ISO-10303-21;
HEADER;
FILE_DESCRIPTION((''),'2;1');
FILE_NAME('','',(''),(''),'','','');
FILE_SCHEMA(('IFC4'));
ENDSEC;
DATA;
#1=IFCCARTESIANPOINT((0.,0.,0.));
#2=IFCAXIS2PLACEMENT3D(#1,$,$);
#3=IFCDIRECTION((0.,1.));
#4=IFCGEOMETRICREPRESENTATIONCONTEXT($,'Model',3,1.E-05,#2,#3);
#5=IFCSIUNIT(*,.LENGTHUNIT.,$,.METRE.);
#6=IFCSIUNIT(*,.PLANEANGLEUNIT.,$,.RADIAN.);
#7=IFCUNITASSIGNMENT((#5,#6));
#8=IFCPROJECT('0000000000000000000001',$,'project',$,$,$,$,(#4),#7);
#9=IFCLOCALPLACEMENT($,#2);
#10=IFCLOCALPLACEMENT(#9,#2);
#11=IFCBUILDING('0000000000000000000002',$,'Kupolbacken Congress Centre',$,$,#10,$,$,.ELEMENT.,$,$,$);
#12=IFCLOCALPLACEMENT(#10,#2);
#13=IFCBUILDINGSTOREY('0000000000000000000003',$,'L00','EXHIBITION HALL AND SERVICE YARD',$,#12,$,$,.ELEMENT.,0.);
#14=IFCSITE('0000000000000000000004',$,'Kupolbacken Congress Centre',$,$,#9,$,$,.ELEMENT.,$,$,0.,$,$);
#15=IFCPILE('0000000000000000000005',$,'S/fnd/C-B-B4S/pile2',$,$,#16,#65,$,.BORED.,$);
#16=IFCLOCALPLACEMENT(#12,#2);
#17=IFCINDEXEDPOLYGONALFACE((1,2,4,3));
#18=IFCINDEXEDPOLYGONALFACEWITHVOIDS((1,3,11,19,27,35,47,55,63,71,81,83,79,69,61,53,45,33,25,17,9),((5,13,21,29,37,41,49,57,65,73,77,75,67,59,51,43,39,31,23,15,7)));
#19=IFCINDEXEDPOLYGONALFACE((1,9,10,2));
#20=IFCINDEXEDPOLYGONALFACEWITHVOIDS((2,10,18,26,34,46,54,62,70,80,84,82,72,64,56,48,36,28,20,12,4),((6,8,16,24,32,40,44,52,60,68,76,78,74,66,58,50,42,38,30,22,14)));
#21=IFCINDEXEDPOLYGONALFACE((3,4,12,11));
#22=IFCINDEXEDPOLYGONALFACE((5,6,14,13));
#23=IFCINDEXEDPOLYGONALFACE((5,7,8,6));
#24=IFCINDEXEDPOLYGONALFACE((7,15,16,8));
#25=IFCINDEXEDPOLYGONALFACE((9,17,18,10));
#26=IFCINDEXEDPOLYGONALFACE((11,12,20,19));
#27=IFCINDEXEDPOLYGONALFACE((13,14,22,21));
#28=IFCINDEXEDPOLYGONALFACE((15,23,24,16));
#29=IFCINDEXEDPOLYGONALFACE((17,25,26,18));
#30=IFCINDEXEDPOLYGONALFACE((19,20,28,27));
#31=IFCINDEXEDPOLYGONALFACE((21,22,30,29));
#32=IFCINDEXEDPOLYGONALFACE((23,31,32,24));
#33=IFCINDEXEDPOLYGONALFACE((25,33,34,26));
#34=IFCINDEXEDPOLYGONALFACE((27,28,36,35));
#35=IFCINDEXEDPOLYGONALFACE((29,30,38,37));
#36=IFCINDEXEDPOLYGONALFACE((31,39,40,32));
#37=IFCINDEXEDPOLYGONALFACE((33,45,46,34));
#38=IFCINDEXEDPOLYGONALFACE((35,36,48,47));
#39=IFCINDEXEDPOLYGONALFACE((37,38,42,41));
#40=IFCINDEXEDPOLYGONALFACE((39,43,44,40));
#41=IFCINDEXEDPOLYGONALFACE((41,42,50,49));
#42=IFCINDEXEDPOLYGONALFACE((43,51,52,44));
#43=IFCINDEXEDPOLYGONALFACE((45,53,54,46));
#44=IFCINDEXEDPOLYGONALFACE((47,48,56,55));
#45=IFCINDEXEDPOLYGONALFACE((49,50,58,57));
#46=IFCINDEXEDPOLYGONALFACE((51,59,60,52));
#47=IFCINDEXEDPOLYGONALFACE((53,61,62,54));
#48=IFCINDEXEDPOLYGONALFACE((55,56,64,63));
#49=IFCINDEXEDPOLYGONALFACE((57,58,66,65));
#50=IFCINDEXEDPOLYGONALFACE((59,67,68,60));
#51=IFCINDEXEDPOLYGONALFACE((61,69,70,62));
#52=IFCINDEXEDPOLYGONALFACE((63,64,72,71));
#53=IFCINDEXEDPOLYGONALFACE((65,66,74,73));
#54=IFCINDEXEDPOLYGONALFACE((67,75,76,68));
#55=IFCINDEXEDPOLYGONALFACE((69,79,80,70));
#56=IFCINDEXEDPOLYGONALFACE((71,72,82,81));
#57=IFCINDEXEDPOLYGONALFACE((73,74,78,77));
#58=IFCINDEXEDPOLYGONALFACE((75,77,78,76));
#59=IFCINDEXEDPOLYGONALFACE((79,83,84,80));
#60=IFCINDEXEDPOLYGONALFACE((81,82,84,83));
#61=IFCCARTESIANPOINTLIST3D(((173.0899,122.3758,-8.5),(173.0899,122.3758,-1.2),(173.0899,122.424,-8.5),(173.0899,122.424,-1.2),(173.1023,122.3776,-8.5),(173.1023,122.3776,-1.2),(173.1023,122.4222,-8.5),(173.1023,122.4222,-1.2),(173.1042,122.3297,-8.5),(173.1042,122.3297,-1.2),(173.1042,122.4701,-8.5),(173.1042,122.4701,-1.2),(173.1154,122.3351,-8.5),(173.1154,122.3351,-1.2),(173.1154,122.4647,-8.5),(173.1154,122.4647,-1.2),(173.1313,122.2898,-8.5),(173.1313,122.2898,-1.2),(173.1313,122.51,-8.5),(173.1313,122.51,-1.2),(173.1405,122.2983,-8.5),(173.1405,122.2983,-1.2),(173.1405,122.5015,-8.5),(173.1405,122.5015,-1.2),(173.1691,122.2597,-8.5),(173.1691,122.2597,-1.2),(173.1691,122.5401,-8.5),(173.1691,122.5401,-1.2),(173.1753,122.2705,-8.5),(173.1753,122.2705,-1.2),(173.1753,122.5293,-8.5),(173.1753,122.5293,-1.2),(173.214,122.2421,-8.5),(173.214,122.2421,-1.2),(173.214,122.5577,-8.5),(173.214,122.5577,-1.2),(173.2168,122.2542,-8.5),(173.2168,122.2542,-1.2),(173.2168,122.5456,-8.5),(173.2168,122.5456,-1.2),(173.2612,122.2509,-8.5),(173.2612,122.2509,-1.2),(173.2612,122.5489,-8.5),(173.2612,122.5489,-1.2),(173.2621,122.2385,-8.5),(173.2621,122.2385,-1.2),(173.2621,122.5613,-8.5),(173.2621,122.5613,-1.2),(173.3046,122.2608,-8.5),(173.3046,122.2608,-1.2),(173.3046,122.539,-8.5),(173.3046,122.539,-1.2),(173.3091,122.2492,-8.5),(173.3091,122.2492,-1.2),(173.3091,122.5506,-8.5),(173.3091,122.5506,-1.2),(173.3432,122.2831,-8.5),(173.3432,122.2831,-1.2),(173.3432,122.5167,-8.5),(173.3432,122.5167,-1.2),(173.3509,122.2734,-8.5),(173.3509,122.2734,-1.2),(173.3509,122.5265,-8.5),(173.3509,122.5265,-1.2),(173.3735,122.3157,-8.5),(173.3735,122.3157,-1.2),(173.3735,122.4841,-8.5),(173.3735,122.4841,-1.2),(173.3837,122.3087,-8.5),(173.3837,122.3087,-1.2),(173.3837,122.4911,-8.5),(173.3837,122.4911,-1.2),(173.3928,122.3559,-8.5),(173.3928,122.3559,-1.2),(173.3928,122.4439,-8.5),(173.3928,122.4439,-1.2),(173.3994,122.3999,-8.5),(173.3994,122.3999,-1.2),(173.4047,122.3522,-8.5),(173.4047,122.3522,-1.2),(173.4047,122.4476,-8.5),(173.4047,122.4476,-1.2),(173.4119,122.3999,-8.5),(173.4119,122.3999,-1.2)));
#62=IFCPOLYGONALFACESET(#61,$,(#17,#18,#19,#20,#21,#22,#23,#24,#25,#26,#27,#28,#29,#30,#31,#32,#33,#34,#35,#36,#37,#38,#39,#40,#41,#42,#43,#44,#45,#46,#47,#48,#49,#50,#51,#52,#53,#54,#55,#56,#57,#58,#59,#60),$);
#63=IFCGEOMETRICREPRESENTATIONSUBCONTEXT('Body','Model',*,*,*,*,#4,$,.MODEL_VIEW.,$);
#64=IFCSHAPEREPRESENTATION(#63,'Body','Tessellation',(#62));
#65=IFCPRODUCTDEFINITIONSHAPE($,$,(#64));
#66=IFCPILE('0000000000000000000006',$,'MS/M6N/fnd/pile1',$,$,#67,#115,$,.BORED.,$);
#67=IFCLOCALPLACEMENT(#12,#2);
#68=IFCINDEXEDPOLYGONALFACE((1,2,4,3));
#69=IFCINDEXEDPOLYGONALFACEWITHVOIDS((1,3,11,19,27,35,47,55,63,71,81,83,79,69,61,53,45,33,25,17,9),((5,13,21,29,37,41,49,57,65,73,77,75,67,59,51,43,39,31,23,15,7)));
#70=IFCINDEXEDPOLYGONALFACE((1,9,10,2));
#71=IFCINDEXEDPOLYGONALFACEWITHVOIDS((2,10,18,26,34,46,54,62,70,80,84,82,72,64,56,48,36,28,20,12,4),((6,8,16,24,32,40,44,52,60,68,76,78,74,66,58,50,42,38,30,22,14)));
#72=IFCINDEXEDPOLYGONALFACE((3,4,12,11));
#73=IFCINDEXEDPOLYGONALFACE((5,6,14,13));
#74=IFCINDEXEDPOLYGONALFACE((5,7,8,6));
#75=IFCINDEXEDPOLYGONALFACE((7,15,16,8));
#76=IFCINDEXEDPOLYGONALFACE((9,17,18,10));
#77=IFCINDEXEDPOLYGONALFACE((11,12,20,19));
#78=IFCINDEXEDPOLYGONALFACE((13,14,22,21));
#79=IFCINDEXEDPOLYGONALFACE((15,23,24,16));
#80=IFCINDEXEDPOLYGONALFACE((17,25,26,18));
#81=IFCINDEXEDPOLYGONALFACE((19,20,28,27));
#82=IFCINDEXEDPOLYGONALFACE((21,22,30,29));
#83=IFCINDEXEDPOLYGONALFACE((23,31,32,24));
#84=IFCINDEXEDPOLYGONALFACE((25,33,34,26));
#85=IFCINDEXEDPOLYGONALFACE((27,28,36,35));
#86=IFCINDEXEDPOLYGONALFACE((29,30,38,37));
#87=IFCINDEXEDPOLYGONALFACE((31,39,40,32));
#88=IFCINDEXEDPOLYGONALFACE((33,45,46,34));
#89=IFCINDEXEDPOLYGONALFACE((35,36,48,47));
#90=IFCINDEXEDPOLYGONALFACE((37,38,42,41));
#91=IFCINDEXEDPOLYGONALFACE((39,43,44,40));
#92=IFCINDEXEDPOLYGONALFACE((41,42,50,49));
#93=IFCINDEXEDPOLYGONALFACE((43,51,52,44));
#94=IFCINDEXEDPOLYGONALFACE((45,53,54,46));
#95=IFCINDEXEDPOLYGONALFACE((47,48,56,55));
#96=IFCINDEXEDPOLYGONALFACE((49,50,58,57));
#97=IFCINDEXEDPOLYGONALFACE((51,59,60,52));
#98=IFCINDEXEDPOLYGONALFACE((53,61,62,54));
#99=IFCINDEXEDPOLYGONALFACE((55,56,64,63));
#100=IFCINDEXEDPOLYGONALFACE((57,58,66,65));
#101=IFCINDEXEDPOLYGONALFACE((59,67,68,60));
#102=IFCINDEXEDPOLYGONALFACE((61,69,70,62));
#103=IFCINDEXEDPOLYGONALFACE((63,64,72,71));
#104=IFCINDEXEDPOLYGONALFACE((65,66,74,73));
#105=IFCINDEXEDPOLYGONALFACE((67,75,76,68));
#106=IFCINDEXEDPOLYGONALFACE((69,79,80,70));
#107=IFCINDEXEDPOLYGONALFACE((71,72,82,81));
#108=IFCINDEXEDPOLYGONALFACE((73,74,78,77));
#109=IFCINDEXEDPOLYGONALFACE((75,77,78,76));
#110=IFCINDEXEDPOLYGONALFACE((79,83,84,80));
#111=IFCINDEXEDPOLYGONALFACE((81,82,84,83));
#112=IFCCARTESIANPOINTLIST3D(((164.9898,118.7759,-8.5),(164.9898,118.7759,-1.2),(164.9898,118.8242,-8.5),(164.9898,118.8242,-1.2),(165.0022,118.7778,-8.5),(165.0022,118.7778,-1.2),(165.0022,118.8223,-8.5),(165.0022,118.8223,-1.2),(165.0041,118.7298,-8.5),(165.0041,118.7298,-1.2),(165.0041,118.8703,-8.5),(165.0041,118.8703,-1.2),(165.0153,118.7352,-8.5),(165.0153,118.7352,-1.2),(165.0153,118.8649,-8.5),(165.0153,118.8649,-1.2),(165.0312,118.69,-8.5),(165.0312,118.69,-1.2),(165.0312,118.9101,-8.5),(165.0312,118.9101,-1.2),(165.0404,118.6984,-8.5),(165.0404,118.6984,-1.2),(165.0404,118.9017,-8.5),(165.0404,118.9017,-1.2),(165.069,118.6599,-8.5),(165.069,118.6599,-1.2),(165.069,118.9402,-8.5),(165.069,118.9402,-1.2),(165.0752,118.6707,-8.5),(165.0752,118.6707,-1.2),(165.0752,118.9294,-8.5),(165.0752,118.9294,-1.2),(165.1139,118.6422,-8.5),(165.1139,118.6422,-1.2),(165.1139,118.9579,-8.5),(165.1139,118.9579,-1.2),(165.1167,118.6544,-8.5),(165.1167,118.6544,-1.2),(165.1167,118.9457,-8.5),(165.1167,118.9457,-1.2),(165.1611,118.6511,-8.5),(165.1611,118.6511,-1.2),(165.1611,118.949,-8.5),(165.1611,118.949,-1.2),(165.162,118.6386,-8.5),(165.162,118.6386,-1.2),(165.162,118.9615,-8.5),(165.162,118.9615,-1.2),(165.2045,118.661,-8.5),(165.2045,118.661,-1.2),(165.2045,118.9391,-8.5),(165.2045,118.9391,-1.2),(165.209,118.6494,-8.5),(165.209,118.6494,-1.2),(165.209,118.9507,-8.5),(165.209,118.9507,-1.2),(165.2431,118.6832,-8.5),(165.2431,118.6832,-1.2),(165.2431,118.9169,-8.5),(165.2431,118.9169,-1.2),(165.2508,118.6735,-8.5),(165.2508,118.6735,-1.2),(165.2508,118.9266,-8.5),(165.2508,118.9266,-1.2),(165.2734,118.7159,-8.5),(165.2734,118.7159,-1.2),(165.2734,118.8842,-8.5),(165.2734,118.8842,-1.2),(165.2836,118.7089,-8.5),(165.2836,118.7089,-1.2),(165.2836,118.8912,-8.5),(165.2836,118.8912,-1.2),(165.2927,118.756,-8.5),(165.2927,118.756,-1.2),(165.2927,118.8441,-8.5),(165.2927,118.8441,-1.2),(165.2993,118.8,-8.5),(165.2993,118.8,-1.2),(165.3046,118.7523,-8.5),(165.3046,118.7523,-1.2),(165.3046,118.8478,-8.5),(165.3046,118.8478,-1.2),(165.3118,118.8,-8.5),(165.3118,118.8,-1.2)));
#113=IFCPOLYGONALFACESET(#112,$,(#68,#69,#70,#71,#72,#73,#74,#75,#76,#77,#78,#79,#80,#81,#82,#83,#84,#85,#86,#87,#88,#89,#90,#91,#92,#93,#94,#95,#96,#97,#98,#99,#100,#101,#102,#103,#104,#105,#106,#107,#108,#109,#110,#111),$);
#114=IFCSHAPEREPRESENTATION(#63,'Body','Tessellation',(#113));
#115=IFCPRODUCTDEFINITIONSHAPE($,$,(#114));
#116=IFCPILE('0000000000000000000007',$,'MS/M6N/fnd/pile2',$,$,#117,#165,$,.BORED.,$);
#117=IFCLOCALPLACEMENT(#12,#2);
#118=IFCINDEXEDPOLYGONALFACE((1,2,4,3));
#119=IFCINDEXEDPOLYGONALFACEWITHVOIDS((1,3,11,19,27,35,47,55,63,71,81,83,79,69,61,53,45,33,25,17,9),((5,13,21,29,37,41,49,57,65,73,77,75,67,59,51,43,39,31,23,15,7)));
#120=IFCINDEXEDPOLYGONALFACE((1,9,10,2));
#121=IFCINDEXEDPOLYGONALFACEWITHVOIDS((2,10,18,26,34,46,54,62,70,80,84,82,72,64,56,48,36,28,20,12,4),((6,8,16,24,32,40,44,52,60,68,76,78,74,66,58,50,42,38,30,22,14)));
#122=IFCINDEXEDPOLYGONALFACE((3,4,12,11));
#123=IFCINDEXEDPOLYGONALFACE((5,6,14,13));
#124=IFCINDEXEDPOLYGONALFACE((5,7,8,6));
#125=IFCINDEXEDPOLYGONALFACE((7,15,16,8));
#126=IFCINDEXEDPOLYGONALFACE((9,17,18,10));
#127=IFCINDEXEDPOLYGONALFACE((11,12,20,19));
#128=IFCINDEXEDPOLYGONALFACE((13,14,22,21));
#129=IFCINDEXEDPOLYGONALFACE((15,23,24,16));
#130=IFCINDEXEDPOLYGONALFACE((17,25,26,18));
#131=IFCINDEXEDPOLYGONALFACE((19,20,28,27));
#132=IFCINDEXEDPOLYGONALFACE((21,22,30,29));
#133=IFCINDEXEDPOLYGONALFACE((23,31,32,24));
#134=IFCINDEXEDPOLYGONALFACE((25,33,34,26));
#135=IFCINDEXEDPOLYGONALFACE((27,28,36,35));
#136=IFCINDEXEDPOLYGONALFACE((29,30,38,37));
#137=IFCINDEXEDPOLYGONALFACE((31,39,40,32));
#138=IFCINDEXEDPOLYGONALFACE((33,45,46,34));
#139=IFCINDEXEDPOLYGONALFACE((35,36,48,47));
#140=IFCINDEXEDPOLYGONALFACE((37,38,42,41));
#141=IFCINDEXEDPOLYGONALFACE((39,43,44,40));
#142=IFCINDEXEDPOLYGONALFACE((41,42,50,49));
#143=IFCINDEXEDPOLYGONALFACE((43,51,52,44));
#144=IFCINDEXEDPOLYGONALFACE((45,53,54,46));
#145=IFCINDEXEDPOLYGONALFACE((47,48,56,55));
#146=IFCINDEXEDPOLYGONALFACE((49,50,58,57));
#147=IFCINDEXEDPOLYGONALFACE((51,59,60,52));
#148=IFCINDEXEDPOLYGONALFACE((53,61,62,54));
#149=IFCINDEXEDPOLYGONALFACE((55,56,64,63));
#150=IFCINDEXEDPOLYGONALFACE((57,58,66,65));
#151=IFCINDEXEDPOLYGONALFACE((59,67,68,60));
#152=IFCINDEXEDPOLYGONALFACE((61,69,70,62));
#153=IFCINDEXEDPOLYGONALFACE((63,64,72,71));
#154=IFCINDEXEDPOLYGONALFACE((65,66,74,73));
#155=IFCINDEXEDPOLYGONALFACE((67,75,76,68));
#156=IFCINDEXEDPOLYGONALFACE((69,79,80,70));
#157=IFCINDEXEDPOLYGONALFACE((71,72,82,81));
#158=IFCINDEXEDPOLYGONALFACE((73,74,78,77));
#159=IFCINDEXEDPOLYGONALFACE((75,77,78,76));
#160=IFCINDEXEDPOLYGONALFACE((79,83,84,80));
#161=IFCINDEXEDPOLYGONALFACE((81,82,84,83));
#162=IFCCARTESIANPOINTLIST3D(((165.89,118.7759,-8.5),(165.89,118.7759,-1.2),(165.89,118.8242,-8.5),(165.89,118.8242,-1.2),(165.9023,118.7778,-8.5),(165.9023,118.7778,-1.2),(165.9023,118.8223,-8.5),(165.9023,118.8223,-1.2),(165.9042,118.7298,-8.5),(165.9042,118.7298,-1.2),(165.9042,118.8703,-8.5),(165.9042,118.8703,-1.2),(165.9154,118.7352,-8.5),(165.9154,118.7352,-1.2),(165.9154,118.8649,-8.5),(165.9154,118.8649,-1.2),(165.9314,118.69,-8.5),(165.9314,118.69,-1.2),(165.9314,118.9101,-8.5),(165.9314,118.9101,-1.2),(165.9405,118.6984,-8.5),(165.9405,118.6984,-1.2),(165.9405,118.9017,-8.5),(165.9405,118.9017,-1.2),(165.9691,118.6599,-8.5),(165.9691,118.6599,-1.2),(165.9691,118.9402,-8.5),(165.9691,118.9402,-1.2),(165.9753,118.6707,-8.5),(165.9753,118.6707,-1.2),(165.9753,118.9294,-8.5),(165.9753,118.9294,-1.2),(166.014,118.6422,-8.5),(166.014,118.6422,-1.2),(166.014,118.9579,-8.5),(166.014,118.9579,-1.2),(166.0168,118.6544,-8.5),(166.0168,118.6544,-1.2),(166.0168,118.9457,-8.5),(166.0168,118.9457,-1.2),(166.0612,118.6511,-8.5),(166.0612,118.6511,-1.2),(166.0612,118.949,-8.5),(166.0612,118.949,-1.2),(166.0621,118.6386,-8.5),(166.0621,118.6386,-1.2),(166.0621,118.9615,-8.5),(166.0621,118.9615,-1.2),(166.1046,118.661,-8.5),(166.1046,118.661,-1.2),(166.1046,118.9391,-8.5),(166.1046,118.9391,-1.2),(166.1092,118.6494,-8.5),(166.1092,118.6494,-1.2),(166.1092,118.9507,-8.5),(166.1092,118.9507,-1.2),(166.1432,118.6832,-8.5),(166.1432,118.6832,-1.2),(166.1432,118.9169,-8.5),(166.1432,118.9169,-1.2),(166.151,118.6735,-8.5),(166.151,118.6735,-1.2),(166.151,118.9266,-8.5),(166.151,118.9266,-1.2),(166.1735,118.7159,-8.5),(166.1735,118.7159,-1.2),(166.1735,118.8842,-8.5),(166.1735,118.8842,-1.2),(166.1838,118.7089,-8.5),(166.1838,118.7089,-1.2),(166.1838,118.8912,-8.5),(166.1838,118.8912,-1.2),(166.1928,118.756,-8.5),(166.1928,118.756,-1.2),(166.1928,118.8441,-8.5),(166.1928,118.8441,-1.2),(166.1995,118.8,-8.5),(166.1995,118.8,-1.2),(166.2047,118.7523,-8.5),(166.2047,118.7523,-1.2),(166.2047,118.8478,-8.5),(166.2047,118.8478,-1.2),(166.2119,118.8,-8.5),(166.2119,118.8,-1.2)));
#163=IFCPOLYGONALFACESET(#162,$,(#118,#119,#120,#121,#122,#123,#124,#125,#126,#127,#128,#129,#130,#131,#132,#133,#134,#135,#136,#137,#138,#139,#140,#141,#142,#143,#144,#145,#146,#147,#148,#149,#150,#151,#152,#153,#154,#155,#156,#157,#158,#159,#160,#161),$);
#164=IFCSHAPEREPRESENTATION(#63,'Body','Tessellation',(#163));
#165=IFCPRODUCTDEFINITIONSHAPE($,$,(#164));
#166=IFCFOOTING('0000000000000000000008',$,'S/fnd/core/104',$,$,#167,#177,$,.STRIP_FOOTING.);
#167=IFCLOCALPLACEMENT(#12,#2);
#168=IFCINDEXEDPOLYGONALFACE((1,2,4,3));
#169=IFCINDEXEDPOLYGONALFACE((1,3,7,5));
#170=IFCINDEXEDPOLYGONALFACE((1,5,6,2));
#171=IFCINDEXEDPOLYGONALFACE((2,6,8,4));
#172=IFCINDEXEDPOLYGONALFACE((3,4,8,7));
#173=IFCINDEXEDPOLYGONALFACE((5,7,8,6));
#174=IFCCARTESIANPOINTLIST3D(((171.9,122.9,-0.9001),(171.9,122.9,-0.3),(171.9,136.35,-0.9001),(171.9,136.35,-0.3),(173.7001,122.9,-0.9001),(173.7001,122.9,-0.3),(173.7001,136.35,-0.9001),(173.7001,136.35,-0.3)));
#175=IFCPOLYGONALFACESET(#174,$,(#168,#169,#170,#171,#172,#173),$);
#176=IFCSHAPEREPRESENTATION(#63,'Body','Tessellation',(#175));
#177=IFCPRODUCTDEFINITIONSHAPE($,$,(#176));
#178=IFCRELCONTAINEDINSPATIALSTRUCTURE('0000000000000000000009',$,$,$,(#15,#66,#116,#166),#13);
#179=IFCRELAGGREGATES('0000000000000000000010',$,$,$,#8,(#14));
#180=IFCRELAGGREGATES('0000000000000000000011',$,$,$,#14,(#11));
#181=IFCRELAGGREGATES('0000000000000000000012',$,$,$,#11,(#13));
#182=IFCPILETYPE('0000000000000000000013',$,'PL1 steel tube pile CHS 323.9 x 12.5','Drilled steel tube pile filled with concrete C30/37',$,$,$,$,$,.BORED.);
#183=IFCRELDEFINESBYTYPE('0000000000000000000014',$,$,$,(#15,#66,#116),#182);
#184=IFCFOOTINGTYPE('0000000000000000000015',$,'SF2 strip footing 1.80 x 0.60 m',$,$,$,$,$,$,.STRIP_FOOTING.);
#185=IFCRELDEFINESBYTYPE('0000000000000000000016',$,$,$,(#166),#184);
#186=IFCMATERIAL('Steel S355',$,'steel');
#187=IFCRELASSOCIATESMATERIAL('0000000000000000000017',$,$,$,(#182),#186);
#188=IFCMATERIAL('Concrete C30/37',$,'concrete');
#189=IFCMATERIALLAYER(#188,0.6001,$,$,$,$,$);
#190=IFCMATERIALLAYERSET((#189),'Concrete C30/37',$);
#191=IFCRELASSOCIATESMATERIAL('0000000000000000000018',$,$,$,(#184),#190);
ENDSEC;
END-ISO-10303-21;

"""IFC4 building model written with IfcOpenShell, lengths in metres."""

from ifc_helpers import new_model, si_unit, direction, frame, origin, origin_2d, place, context, subcontext, project, spatial, rectangle, hollow_circle, extrude, material, layer, layer_set, material_profile, profile_set, type_object, element, save


model = new_model("IFC4")

# Units and contexts
model_context = context("Model", 3, precision=1e-05, world=origin(), true_north=direction((0.0, 1.0)))
body_context = subcontext(model_context, "Body", "Model", "MODEL_VIEW")
ifc_project = project(units=[si_unit("LENGTHUNIT", "METRE"), si_unit("PLANEANGLEUNIT", "RADIAN")], contexts=[model_context])

# Site, building, storey
site_placement = place(None, origin())
site = spatial("IfcSite", under=ifc_project, at=site_placement, Name="Kupolbacken Congress Centre", CompositionType="ELEMENT", RefElevation=0.0)
building_placement = place(site_placement, origin())
building = spatial("IfcBuilding", under=site, at=building_placement, Name="Kupolbacken Congress Centre", CompositionType="ELEMENT")
storey_placement = place(building_placement, origin())
storey = spatial("IfcBuildingStorey", under=building, at=storey_placement, Name="L00", Description="EXHIBITION HALL AND SERVICE YARD", CompositionType="ELEMENT", Elevation=0.0)

# Piles
ifc_material_1 = material(Name="Steel S355", Category="steel")
ifc_material_profile_1 = material_profile(ifc_material_1, hollow_circle(Radius=0.1619, WallThickness=0.0125, at=origin_2d()), Name="CHS 323.9 x 12.5")
ifc_profile_set_1 = profile_set([ifc_material_profile_1], Name="Steel S355")
pile_type = type_object("IfcPileType", Name="PL1 steel tube pile CHS 323.9 x 12.5", Description="Drilled steel tube pile filled with concrete C30/37", PredefinedType="BORED", material=ifc_profile_set_1)
for number, where, z_axis, x_axis, name in (
    (1, (173.25, 122.3999, -1.2), (0.0, 0.0, -1.0), (1.0, 0.0, 0.0), "S/fnd/C-B-B4S/pile2"),
    (2, (165.1499, 118.8, -1.2), (0.0, 0.0, -1.0), (1.0, 0.0, 0.0), "MS/M6N/fnd/pile1"),
    (3, (166.05, 118.8, -1.2), (0.0, 0.0, -1.0), (1.0, 0.0, 0.0), "MS/M6N/fnd/pile2"),
):
    element("IfcPile", number, at=place(storey_placement, frame(where, z_axis=z_axis, x_axis=x_axis)), inside=storey, type_object=pile_type, Name=name, PredefinedType="BORED", context=body_context, shape_type="SweptSolid", body=[
        extrude(hollow_circle(Radius=0.1619, WallThickness=0.0125, at=origin_2d()), origin(), (0.0, 0.0, 1.0), 7.3),
    ])

# Footing
ifc_material_2 = material(Name="Concrete C30/37", Category="concrete")
ifc_layer_1 = layer(ifc_material_2, 0.6001)
ifc_layer_set_1 = layer_set([ifc_layer_1], Name="Concrete C30/37")
footing_type_1 = type_object("IfcFootingType", Name="SF2 strip footing 1.80 x 0.60 m", PredefinedType="STRIP_FOOTING", material=ifc_layer_set_1)
footing_placement = place(storey_placement, frame((172.8, 129.625, -0.9001), z_axis=(0.0, 0.0, 1.0), x_axis=(0.0, 1.0, 0.0)))
element("IfcFooting", 4, at=footing_placement, inside=storey, type_object=footing_type_1, Name="S/fnd/core/104", PredefinedType="STRIP_FOOTING", context=body_context, shape_type="SweptSolid", body=[
    extrude(rectangle(XDim=13.45, YDim=1.8, at=origin_2d()), origin(), (0.0, 0.0, 1.0), 0.6001),
])

save(model, "model.ifc")
